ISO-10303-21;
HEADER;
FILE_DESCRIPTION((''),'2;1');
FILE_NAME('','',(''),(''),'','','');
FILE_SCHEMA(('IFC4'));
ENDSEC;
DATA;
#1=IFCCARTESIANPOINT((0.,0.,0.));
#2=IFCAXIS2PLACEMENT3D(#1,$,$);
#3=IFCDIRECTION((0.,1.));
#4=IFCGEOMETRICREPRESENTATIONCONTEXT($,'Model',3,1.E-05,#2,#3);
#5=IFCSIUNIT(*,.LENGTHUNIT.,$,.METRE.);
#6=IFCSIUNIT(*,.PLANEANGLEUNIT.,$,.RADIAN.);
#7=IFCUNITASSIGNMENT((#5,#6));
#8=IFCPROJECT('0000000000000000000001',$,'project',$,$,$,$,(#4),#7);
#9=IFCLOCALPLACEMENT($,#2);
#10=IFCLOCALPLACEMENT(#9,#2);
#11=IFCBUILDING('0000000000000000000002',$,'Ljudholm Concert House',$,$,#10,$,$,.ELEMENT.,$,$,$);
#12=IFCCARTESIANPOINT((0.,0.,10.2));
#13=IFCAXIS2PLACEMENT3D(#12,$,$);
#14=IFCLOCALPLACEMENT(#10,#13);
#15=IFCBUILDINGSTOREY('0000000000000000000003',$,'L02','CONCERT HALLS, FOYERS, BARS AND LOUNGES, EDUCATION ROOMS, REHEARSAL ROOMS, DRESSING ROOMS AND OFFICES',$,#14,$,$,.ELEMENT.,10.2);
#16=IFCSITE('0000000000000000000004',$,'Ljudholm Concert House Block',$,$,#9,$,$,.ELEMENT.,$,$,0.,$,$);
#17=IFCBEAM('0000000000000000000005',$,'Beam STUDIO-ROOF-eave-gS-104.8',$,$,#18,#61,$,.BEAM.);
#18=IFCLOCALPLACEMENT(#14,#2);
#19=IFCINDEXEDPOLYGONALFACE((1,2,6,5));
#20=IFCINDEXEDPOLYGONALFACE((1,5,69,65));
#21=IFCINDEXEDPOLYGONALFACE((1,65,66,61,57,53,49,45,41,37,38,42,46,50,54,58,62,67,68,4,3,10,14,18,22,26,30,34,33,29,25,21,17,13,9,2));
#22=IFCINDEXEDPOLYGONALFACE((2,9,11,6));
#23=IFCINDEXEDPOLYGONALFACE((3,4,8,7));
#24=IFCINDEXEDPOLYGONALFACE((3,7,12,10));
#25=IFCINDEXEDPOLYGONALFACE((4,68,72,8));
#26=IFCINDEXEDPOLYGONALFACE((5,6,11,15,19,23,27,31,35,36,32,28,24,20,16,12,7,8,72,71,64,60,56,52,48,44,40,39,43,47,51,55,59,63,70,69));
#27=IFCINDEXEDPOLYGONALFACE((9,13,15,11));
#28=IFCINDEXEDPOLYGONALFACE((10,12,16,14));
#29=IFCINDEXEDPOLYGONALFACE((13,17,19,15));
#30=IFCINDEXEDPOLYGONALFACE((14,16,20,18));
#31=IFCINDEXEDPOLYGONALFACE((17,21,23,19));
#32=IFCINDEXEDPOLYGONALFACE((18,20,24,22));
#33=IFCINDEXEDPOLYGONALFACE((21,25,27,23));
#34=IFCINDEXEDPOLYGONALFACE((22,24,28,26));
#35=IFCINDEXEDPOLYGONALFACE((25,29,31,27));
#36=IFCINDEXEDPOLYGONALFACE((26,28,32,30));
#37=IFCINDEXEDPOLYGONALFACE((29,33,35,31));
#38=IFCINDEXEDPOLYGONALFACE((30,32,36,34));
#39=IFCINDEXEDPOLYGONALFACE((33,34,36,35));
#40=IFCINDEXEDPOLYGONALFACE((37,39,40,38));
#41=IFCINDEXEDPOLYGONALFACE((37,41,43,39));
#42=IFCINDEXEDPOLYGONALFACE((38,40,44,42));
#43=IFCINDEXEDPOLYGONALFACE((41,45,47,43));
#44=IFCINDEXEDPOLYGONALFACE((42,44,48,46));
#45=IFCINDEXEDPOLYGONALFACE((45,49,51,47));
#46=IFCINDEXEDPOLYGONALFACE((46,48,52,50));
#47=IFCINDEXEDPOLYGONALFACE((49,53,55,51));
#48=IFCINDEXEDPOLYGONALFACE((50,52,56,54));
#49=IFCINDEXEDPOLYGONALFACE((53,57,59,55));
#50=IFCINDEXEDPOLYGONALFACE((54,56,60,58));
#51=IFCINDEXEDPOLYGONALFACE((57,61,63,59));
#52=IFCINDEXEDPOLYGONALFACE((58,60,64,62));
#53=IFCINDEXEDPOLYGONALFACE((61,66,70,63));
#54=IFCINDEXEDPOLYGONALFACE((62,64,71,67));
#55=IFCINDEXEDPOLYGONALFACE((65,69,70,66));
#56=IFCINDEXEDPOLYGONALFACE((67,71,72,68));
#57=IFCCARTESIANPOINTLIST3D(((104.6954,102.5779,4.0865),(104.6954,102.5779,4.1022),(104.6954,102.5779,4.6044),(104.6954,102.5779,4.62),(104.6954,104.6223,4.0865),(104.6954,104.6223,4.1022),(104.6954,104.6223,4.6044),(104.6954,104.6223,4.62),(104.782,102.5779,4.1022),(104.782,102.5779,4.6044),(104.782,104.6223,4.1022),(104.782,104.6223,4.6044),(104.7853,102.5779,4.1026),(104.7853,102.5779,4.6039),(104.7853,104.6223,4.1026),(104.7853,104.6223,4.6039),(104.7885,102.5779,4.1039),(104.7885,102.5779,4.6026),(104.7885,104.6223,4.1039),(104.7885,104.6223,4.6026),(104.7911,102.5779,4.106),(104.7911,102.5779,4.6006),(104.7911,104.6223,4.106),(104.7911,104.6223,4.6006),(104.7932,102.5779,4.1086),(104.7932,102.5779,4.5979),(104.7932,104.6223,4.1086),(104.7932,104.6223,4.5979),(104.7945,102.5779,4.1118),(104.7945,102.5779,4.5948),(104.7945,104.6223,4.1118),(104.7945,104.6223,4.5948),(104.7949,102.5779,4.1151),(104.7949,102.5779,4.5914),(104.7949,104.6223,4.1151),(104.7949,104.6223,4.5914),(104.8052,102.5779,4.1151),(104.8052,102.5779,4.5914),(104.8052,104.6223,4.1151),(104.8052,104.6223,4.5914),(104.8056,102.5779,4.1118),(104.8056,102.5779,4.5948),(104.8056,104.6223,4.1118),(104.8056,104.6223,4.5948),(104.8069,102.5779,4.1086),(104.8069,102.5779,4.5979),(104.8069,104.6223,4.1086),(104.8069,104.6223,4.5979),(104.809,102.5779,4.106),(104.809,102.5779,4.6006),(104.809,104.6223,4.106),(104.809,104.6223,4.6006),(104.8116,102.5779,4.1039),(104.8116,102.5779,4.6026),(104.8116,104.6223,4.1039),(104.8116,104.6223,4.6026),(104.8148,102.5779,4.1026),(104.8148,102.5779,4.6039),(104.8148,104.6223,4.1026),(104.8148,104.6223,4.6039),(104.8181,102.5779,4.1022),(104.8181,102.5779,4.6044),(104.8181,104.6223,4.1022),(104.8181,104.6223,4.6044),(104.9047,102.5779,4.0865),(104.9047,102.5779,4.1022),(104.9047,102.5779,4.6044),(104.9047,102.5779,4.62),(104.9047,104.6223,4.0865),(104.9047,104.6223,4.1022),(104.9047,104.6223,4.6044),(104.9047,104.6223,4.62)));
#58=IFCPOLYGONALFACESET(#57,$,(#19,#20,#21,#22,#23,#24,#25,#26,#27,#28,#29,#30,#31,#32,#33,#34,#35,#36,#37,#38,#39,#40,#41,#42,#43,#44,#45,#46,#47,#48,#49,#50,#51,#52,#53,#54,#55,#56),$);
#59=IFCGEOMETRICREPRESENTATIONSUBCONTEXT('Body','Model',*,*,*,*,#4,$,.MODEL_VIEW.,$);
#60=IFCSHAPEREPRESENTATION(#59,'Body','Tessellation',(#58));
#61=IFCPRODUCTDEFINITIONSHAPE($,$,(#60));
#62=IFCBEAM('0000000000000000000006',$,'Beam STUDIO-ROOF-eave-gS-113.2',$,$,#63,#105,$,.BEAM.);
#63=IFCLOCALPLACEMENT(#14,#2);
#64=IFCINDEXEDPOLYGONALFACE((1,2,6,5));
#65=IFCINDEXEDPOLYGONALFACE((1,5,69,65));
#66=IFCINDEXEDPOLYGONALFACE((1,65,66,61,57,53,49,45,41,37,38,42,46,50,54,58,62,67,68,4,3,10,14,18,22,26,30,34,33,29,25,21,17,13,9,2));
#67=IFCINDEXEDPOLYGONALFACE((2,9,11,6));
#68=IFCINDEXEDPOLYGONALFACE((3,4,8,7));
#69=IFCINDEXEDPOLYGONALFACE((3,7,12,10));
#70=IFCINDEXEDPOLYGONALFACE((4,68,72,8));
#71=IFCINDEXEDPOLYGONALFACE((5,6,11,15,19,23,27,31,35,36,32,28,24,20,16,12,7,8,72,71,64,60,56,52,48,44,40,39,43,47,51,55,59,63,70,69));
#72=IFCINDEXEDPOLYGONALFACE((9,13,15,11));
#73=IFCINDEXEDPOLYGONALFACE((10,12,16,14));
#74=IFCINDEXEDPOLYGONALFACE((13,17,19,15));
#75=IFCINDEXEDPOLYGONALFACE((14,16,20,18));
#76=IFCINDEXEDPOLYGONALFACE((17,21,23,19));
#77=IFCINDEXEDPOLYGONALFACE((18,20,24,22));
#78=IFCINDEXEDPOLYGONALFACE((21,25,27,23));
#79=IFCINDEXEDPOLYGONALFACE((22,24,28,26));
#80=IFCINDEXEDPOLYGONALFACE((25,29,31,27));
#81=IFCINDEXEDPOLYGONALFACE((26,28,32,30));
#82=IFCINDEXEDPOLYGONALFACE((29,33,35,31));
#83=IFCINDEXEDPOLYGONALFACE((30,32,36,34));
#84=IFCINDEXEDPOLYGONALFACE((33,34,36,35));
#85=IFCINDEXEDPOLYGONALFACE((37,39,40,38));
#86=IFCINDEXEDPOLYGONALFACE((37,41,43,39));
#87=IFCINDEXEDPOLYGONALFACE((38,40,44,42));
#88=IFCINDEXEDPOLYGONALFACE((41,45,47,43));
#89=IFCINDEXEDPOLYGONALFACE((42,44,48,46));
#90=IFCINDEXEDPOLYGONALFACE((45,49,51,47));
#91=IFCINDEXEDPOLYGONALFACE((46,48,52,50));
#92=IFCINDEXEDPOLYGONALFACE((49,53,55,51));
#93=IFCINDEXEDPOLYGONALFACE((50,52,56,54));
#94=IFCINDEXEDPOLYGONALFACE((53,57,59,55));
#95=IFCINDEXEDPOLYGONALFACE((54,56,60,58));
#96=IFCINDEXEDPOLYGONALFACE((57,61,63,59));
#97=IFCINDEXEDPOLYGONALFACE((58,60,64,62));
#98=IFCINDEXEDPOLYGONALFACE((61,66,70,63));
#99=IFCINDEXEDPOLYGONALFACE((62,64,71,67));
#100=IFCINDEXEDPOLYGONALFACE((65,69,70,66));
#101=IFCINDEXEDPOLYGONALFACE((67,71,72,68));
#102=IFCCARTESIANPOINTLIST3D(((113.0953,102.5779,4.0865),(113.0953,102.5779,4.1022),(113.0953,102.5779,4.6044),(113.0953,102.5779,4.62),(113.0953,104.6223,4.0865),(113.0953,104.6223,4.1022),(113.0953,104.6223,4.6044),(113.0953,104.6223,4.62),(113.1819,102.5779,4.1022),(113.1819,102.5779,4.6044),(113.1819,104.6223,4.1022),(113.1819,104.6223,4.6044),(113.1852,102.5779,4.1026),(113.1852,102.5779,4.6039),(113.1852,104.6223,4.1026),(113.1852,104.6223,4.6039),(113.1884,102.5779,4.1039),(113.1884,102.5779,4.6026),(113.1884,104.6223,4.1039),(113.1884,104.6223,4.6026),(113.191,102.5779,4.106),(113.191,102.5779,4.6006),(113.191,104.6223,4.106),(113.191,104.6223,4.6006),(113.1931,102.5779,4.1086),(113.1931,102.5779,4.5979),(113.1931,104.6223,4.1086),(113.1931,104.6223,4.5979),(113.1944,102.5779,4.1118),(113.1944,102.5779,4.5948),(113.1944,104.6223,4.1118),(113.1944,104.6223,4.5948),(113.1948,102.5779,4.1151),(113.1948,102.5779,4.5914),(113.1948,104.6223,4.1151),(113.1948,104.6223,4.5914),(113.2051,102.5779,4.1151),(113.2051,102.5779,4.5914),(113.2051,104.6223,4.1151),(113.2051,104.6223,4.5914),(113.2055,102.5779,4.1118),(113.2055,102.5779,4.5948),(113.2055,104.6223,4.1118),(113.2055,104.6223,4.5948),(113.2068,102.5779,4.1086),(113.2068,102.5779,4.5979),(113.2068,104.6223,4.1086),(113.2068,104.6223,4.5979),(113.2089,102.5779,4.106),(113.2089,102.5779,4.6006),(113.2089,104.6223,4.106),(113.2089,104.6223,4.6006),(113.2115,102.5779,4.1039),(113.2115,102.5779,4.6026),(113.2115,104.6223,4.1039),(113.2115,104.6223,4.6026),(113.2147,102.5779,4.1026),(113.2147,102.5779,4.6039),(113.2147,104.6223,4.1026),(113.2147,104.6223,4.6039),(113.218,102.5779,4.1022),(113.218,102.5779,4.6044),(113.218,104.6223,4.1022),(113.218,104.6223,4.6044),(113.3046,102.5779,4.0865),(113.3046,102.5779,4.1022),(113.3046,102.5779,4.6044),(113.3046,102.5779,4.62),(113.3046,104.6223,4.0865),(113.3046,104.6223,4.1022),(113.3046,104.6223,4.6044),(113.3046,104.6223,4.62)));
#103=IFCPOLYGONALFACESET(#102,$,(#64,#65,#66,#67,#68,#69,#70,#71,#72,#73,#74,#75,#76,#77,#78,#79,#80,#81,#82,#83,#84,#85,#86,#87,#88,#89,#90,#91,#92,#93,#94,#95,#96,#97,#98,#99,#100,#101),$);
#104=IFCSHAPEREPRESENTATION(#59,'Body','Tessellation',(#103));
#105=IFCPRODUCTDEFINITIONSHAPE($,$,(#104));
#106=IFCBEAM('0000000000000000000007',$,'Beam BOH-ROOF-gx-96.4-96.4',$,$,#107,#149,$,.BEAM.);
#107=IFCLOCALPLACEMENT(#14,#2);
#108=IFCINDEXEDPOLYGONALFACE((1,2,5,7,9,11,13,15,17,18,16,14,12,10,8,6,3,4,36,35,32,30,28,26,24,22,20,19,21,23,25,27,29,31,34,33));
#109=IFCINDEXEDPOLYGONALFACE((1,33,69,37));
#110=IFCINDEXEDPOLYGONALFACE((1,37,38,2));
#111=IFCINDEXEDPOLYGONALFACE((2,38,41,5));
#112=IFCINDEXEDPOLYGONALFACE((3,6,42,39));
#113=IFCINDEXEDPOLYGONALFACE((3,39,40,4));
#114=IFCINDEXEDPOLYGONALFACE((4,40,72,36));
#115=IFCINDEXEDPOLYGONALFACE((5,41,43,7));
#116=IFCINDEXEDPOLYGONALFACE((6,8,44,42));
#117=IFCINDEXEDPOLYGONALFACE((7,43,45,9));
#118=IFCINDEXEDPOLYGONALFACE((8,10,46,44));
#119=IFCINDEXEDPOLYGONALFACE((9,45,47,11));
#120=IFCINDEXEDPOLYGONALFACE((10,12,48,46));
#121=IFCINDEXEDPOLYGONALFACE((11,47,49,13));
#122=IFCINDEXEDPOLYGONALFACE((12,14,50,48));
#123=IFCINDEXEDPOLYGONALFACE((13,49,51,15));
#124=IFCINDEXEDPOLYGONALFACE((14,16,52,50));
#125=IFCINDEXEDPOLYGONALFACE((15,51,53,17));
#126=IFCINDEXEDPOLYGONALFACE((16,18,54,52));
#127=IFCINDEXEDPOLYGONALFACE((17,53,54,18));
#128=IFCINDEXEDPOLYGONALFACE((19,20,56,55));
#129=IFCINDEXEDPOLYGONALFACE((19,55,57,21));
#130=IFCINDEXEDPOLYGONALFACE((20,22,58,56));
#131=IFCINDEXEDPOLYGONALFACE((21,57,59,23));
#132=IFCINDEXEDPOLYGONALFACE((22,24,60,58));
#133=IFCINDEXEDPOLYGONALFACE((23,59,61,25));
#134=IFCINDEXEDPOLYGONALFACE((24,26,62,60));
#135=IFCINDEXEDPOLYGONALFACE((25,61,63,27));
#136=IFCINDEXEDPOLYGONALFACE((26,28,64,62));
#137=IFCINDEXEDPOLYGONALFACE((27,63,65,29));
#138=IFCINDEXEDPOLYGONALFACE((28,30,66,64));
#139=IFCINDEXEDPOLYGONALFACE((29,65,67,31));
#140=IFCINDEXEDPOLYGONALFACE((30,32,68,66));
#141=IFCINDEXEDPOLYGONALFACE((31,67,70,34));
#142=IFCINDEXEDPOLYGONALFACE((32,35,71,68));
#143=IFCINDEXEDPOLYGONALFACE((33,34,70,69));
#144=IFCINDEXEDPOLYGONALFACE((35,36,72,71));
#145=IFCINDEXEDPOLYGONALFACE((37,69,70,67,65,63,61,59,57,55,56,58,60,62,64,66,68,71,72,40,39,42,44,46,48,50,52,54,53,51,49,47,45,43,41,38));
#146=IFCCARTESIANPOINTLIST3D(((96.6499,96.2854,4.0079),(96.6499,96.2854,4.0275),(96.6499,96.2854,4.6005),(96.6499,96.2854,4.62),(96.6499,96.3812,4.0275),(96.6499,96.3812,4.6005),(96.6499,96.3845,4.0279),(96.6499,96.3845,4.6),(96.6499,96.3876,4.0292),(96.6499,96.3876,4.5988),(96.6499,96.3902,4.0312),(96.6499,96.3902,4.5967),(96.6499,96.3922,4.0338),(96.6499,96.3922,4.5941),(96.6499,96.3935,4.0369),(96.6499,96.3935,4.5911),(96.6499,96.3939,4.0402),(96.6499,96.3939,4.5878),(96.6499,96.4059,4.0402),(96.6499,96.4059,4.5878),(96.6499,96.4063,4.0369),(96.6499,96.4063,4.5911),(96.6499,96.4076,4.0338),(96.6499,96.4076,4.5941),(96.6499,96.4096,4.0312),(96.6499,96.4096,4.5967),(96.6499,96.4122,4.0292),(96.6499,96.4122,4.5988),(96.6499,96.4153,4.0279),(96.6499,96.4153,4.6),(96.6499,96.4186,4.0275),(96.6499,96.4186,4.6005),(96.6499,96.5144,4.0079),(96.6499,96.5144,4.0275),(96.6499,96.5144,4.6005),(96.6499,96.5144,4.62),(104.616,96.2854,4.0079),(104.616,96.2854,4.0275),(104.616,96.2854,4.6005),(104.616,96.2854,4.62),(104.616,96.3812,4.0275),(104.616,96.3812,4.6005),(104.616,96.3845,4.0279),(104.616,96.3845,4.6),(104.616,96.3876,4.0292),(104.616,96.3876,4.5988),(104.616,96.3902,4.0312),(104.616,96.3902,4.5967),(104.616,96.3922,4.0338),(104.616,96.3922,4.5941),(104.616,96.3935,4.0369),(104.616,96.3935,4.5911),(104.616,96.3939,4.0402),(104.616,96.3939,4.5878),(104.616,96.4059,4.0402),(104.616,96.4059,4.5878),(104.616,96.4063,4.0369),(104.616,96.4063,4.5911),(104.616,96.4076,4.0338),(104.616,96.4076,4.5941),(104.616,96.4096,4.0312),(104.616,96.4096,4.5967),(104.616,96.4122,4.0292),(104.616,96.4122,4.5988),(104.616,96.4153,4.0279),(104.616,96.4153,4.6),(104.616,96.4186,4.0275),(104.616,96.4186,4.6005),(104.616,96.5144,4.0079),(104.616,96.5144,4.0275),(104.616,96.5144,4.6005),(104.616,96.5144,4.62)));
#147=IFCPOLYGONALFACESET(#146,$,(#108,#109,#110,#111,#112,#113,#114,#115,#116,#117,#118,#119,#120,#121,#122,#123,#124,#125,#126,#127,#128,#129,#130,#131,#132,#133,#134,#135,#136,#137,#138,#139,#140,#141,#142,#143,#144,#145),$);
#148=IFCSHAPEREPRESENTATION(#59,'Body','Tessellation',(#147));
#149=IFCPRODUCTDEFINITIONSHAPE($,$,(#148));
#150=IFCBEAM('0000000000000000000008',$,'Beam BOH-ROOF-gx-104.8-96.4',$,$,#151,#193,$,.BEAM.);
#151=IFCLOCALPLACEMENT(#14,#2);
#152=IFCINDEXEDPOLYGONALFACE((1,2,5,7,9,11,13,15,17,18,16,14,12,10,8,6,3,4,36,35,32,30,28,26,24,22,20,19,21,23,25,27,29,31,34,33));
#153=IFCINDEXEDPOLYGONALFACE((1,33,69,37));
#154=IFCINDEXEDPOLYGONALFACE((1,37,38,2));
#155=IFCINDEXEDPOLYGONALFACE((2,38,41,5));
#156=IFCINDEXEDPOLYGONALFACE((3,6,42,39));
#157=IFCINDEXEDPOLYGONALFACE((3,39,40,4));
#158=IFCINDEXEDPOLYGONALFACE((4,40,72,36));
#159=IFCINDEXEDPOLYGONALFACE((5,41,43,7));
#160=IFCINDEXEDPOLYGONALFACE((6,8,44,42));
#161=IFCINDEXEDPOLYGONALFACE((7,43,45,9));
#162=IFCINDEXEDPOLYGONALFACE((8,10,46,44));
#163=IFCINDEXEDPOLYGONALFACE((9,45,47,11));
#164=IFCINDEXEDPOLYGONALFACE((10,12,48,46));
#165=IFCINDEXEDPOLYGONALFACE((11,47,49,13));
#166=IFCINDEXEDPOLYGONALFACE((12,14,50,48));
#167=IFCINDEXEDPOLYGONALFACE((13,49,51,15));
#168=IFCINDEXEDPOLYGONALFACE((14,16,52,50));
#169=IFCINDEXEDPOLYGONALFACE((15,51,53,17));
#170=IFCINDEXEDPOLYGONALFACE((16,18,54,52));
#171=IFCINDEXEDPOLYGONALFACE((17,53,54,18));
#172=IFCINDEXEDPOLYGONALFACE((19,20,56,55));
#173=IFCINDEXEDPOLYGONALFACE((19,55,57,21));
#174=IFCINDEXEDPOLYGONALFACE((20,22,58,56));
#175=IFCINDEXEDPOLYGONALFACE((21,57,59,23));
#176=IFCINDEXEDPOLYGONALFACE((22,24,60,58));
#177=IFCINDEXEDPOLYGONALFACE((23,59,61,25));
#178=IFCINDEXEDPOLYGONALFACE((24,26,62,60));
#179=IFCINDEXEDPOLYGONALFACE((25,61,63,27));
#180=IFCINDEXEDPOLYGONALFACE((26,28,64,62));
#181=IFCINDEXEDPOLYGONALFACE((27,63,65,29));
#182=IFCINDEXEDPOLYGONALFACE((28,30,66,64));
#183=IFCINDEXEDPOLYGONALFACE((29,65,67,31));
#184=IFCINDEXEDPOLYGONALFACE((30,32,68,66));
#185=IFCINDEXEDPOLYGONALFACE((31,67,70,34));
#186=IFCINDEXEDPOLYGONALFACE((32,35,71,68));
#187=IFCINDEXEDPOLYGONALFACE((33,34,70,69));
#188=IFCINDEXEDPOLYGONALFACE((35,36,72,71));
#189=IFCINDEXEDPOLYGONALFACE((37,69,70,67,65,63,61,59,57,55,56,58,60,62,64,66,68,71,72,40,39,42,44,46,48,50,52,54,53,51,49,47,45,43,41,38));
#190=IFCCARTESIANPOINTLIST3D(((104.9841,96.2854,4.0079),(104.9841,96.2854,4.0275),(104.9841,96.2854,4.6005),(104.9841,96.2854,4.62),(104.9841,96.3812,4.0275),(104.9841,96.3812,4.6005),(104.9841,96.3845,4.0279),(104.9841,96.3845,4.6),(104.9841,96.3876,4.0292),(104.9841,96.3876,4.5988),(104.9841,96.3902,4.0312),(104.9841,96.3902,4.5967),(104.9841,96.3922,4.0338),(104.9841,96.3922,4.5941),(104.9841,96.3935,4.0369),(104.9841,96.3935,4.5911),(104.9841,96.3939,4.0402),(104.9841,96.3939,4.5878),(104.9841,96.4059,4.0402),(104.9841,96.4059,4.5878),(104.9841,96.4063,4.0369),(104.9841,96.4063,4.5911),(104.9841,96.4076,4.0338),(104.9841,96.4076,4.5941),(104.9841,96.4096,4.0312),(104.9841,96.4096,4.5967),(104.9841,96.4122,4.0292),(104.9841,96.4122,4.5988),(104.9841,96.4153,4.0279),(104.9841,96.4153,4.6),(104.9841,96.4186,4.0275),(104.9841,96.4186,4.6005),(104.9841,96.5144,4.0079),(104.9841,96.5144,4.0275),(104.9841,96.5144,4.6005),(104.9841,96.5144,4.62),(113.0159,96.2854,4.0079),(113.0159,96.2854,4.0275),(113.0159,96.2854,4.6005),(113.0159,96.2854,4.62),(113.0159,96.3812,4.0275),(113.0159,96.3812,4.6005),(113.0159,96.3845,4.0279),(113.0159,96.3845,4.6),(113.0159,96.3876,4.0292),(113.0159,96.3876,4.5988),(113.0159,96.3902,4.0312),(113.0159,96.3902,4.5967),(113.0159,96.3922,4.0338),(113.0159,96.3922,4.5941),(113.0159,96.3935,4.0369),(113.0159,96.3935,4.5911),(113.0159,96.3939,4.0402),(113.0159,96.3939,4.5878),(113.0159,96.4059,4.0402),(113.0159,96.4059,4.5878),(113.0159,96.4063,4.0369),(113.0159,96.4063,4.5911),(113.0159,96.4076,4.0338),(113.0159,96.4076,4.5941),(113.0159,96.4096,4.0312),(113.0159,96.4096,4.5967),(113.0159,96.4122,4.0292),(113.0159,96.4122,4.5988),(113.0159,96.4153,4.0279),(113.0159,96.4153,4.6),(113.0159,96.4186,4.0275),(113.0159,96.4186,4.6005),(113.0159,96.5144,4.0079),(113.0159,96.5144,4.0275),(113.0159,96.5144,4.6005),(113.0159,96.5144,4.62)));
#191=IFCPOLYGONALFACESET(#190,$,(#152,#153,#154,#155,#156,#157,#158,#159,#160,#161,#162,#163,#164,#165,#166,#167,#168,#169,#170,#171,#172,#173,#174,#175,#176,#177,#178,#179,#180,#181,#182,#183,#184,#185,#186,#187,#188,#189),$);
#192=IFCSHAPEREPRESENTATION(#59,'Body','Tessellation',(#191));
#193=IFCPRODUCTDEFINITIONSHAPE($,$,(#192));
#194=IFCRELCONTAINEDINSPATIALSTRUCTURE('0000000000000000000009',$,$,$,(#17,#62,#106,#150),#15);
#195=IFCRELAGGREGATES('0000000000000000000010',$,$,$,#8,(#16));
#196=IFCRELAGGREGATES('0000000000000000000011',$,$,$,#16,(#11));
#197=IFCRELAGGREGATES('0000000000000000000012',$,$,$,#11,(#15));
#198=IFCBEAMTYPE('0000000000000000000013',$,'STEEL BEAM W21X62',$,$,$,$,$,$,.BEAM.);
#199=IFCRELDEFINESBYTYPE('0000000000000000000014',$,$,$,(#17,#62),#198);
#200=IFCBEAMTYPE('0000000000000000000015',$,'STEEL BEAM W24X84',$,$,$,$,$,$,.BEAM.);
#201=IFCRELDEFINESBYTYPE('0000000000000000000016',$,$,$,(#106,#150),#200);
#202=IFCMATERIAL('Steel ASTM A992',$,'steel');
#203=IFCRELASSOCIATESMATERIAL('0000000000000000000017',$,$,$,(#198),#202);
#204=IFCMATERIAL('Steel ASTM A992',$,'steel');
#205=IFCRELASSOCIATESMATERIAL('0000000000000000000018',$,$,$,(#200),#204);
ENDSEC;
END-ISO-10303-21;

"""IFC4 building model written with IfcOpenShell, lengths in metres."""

from ifc_helpers import new_model, si_unit, direction, frame, origin, origin_2d, place, context, subcontext, project, spatial, i_section, extrude, material, material_profile, profile_set, type_object, element, save


model = new_model("IFC4")

# Units and contexts
model_context = context("Model", 3, precision=1e-05, world=origin(), true_north=direction((0.0, 1.0)))
body_context = subcontext(model_context, "Body", "Model", "MODEL_VIEW")
ifc_project = project(units=[si_unit("LENGTHUNIT", "METRE"), si_unit("PLANEANGLEUNIT", "RADIAN")], contexts=[model_context])

# Site, building, storey
site_placement = place(None, origin())
site = spatial("IfcSite", under=ifc_project, at=site_placement, Name="Ljudholm Concert House Block", CompositionType="ELEMENT", RefElevation=0.0)
building_placement = place(site_placement, origin())
building = spatial("IfcBuilding", under=site, at=building_placement, Name="Ljudholm Concert House", CompositionType="ELEMENT")
storey_placement = place(building_placement, frame((0.0, 0.0, 10.2)))
storey = spatial("IfcBuildingStorey", under=building, at=storey_placement, Name="L02", Description="CONCERT HALLS, FOYERS, BARS AND LOUNGES, EDUCATION ROOMS, REHEARSAL ROOMS, DRESSING ROOMS AND OFFICES", CompositionType="ELEMENT", Elevation=10.2)

# Beams
ifc_material_1 = material(Name="Steel ASTM A992", Category="steel")
ifc_material_profile_1 = material_profile(ifc_material_1, i_section(OverallWidth=0.2092, OverallDepth=0.5334, WebThickness=0.0103, FlangeThickness=0.0156, FilletRadius=0.0129, at=origin_2d()), Name="W21X62")
ifc_profile_set_1 = profile_set([ifc_material_profile_1], Name="Steel ASTM A992")
beam_type_1 = type_object("IfcBeamType", Name="STEEL BEAM W21X62", PredefinedType="BEAM", material=ifc_profile_set_1)
for number, where, z_axis, x_axis, name in (
    (1, (104.8, 104.6223, 4.3533), (0.0, -1.0, 0.0), (1.0, 0.0, 0.0), "Beam STUDIO-ROOF-eave-gS-104.8"),
    (2, (113.2, 104.6223, 4.3533), (0.0, -1.0, 0.0), (1.0, 0.0, 0.0), "Beam STUDIO-ROOF-eave-gS-113.2"),
):
    element("IfcBeam", number, at=place(storey_placement, frame(where, z_axis=z_axis, x_axis=x_axis)), inside=storey, type_object=beam_type_1, Name=name, PredefinedType="BEAM", context=body_context, shape_type="SweptSolid", body=[
        extrude(i_section(OverallWidth=0.2092, OverallDepth=0.5334, WebThickness=0.0103, FlangeThickness=0.0156, FilletRadius=0.0129, at=origin_2d()), origin(), (0.0, 0.0, 1.0), 2.0444),
    ])
ifc_material_2 = material(Name="Steel ASTM A992", Category="steel")
ifc_material_profile_2 = material_profile(ifc_material_2, i_section(OverallWidth=0.229, OverallDepth=0.6121, WebThickness=0.012, FlangeThickness=0.0195, FilletRadius=0.0127, at=origin_2d()), Name="W24X84")
ifc_profile_set_2 = profile_set([ifc_material_profile_2], Name="Steel ASTM A992")
beam_type_2 = type_object("IfcBeamType", Name="STEEL BEAM W24X84", PredefinedType="BEAM", material=ifc_profile_set_2)
beam_placement = place(storey_placement, frame((96.6499, 96.3999, 4.314), z_axis=(1.0, 0.0, 0.0), x_axis=(0.0, 1.0, 0.0)))
element("IfcBeam", 3, at=beam_placement, inside=storey, type_object=beam_type_2, Name="Beam BOH-ROOF-gx-96.4-96.4", PredefinedType="BEAM", context=body_context, shape_type="SweptSolid", body=[
    extrude(i_section(OverallWidth=0.229, OverallDepth=0.6121, WebThickness=0.012, FlangeThickness=0.0195, FilletRadius=0.0127, at=origin_2d()), origin(), (0.0, 0.0, 1.0), 7.9661),
])
for number, where, z_axis, x_axis, name in (
    (4, (104.9841, 96.3999, 4.314), (1.0, 0.0, 0.0), (0.0, 1.0, 0.0), "Beam BOH-ROOF-gx-104.8-96.4"),
):
    element("IfcBeam", number, at=place(storey_placement, frame(where, z_axis=z_axis, x_axis=x_axis)), inside=storey, type_object=beam_type_2, Name=name, PredefinedType="BEAM", context=body_context, shape_type="SweptSolid", body=[
        extrude(i_section(OverallWidth=0.229, OverallDepth=0.6121, WebThickness=0.012, FlangeThickness=0.0195, FilletRadius=0.0127, at=origin_2d()), origin(), (0.0, 0.0, 1.0), 8.0317),
    ])

save(model, "model.ifc")
